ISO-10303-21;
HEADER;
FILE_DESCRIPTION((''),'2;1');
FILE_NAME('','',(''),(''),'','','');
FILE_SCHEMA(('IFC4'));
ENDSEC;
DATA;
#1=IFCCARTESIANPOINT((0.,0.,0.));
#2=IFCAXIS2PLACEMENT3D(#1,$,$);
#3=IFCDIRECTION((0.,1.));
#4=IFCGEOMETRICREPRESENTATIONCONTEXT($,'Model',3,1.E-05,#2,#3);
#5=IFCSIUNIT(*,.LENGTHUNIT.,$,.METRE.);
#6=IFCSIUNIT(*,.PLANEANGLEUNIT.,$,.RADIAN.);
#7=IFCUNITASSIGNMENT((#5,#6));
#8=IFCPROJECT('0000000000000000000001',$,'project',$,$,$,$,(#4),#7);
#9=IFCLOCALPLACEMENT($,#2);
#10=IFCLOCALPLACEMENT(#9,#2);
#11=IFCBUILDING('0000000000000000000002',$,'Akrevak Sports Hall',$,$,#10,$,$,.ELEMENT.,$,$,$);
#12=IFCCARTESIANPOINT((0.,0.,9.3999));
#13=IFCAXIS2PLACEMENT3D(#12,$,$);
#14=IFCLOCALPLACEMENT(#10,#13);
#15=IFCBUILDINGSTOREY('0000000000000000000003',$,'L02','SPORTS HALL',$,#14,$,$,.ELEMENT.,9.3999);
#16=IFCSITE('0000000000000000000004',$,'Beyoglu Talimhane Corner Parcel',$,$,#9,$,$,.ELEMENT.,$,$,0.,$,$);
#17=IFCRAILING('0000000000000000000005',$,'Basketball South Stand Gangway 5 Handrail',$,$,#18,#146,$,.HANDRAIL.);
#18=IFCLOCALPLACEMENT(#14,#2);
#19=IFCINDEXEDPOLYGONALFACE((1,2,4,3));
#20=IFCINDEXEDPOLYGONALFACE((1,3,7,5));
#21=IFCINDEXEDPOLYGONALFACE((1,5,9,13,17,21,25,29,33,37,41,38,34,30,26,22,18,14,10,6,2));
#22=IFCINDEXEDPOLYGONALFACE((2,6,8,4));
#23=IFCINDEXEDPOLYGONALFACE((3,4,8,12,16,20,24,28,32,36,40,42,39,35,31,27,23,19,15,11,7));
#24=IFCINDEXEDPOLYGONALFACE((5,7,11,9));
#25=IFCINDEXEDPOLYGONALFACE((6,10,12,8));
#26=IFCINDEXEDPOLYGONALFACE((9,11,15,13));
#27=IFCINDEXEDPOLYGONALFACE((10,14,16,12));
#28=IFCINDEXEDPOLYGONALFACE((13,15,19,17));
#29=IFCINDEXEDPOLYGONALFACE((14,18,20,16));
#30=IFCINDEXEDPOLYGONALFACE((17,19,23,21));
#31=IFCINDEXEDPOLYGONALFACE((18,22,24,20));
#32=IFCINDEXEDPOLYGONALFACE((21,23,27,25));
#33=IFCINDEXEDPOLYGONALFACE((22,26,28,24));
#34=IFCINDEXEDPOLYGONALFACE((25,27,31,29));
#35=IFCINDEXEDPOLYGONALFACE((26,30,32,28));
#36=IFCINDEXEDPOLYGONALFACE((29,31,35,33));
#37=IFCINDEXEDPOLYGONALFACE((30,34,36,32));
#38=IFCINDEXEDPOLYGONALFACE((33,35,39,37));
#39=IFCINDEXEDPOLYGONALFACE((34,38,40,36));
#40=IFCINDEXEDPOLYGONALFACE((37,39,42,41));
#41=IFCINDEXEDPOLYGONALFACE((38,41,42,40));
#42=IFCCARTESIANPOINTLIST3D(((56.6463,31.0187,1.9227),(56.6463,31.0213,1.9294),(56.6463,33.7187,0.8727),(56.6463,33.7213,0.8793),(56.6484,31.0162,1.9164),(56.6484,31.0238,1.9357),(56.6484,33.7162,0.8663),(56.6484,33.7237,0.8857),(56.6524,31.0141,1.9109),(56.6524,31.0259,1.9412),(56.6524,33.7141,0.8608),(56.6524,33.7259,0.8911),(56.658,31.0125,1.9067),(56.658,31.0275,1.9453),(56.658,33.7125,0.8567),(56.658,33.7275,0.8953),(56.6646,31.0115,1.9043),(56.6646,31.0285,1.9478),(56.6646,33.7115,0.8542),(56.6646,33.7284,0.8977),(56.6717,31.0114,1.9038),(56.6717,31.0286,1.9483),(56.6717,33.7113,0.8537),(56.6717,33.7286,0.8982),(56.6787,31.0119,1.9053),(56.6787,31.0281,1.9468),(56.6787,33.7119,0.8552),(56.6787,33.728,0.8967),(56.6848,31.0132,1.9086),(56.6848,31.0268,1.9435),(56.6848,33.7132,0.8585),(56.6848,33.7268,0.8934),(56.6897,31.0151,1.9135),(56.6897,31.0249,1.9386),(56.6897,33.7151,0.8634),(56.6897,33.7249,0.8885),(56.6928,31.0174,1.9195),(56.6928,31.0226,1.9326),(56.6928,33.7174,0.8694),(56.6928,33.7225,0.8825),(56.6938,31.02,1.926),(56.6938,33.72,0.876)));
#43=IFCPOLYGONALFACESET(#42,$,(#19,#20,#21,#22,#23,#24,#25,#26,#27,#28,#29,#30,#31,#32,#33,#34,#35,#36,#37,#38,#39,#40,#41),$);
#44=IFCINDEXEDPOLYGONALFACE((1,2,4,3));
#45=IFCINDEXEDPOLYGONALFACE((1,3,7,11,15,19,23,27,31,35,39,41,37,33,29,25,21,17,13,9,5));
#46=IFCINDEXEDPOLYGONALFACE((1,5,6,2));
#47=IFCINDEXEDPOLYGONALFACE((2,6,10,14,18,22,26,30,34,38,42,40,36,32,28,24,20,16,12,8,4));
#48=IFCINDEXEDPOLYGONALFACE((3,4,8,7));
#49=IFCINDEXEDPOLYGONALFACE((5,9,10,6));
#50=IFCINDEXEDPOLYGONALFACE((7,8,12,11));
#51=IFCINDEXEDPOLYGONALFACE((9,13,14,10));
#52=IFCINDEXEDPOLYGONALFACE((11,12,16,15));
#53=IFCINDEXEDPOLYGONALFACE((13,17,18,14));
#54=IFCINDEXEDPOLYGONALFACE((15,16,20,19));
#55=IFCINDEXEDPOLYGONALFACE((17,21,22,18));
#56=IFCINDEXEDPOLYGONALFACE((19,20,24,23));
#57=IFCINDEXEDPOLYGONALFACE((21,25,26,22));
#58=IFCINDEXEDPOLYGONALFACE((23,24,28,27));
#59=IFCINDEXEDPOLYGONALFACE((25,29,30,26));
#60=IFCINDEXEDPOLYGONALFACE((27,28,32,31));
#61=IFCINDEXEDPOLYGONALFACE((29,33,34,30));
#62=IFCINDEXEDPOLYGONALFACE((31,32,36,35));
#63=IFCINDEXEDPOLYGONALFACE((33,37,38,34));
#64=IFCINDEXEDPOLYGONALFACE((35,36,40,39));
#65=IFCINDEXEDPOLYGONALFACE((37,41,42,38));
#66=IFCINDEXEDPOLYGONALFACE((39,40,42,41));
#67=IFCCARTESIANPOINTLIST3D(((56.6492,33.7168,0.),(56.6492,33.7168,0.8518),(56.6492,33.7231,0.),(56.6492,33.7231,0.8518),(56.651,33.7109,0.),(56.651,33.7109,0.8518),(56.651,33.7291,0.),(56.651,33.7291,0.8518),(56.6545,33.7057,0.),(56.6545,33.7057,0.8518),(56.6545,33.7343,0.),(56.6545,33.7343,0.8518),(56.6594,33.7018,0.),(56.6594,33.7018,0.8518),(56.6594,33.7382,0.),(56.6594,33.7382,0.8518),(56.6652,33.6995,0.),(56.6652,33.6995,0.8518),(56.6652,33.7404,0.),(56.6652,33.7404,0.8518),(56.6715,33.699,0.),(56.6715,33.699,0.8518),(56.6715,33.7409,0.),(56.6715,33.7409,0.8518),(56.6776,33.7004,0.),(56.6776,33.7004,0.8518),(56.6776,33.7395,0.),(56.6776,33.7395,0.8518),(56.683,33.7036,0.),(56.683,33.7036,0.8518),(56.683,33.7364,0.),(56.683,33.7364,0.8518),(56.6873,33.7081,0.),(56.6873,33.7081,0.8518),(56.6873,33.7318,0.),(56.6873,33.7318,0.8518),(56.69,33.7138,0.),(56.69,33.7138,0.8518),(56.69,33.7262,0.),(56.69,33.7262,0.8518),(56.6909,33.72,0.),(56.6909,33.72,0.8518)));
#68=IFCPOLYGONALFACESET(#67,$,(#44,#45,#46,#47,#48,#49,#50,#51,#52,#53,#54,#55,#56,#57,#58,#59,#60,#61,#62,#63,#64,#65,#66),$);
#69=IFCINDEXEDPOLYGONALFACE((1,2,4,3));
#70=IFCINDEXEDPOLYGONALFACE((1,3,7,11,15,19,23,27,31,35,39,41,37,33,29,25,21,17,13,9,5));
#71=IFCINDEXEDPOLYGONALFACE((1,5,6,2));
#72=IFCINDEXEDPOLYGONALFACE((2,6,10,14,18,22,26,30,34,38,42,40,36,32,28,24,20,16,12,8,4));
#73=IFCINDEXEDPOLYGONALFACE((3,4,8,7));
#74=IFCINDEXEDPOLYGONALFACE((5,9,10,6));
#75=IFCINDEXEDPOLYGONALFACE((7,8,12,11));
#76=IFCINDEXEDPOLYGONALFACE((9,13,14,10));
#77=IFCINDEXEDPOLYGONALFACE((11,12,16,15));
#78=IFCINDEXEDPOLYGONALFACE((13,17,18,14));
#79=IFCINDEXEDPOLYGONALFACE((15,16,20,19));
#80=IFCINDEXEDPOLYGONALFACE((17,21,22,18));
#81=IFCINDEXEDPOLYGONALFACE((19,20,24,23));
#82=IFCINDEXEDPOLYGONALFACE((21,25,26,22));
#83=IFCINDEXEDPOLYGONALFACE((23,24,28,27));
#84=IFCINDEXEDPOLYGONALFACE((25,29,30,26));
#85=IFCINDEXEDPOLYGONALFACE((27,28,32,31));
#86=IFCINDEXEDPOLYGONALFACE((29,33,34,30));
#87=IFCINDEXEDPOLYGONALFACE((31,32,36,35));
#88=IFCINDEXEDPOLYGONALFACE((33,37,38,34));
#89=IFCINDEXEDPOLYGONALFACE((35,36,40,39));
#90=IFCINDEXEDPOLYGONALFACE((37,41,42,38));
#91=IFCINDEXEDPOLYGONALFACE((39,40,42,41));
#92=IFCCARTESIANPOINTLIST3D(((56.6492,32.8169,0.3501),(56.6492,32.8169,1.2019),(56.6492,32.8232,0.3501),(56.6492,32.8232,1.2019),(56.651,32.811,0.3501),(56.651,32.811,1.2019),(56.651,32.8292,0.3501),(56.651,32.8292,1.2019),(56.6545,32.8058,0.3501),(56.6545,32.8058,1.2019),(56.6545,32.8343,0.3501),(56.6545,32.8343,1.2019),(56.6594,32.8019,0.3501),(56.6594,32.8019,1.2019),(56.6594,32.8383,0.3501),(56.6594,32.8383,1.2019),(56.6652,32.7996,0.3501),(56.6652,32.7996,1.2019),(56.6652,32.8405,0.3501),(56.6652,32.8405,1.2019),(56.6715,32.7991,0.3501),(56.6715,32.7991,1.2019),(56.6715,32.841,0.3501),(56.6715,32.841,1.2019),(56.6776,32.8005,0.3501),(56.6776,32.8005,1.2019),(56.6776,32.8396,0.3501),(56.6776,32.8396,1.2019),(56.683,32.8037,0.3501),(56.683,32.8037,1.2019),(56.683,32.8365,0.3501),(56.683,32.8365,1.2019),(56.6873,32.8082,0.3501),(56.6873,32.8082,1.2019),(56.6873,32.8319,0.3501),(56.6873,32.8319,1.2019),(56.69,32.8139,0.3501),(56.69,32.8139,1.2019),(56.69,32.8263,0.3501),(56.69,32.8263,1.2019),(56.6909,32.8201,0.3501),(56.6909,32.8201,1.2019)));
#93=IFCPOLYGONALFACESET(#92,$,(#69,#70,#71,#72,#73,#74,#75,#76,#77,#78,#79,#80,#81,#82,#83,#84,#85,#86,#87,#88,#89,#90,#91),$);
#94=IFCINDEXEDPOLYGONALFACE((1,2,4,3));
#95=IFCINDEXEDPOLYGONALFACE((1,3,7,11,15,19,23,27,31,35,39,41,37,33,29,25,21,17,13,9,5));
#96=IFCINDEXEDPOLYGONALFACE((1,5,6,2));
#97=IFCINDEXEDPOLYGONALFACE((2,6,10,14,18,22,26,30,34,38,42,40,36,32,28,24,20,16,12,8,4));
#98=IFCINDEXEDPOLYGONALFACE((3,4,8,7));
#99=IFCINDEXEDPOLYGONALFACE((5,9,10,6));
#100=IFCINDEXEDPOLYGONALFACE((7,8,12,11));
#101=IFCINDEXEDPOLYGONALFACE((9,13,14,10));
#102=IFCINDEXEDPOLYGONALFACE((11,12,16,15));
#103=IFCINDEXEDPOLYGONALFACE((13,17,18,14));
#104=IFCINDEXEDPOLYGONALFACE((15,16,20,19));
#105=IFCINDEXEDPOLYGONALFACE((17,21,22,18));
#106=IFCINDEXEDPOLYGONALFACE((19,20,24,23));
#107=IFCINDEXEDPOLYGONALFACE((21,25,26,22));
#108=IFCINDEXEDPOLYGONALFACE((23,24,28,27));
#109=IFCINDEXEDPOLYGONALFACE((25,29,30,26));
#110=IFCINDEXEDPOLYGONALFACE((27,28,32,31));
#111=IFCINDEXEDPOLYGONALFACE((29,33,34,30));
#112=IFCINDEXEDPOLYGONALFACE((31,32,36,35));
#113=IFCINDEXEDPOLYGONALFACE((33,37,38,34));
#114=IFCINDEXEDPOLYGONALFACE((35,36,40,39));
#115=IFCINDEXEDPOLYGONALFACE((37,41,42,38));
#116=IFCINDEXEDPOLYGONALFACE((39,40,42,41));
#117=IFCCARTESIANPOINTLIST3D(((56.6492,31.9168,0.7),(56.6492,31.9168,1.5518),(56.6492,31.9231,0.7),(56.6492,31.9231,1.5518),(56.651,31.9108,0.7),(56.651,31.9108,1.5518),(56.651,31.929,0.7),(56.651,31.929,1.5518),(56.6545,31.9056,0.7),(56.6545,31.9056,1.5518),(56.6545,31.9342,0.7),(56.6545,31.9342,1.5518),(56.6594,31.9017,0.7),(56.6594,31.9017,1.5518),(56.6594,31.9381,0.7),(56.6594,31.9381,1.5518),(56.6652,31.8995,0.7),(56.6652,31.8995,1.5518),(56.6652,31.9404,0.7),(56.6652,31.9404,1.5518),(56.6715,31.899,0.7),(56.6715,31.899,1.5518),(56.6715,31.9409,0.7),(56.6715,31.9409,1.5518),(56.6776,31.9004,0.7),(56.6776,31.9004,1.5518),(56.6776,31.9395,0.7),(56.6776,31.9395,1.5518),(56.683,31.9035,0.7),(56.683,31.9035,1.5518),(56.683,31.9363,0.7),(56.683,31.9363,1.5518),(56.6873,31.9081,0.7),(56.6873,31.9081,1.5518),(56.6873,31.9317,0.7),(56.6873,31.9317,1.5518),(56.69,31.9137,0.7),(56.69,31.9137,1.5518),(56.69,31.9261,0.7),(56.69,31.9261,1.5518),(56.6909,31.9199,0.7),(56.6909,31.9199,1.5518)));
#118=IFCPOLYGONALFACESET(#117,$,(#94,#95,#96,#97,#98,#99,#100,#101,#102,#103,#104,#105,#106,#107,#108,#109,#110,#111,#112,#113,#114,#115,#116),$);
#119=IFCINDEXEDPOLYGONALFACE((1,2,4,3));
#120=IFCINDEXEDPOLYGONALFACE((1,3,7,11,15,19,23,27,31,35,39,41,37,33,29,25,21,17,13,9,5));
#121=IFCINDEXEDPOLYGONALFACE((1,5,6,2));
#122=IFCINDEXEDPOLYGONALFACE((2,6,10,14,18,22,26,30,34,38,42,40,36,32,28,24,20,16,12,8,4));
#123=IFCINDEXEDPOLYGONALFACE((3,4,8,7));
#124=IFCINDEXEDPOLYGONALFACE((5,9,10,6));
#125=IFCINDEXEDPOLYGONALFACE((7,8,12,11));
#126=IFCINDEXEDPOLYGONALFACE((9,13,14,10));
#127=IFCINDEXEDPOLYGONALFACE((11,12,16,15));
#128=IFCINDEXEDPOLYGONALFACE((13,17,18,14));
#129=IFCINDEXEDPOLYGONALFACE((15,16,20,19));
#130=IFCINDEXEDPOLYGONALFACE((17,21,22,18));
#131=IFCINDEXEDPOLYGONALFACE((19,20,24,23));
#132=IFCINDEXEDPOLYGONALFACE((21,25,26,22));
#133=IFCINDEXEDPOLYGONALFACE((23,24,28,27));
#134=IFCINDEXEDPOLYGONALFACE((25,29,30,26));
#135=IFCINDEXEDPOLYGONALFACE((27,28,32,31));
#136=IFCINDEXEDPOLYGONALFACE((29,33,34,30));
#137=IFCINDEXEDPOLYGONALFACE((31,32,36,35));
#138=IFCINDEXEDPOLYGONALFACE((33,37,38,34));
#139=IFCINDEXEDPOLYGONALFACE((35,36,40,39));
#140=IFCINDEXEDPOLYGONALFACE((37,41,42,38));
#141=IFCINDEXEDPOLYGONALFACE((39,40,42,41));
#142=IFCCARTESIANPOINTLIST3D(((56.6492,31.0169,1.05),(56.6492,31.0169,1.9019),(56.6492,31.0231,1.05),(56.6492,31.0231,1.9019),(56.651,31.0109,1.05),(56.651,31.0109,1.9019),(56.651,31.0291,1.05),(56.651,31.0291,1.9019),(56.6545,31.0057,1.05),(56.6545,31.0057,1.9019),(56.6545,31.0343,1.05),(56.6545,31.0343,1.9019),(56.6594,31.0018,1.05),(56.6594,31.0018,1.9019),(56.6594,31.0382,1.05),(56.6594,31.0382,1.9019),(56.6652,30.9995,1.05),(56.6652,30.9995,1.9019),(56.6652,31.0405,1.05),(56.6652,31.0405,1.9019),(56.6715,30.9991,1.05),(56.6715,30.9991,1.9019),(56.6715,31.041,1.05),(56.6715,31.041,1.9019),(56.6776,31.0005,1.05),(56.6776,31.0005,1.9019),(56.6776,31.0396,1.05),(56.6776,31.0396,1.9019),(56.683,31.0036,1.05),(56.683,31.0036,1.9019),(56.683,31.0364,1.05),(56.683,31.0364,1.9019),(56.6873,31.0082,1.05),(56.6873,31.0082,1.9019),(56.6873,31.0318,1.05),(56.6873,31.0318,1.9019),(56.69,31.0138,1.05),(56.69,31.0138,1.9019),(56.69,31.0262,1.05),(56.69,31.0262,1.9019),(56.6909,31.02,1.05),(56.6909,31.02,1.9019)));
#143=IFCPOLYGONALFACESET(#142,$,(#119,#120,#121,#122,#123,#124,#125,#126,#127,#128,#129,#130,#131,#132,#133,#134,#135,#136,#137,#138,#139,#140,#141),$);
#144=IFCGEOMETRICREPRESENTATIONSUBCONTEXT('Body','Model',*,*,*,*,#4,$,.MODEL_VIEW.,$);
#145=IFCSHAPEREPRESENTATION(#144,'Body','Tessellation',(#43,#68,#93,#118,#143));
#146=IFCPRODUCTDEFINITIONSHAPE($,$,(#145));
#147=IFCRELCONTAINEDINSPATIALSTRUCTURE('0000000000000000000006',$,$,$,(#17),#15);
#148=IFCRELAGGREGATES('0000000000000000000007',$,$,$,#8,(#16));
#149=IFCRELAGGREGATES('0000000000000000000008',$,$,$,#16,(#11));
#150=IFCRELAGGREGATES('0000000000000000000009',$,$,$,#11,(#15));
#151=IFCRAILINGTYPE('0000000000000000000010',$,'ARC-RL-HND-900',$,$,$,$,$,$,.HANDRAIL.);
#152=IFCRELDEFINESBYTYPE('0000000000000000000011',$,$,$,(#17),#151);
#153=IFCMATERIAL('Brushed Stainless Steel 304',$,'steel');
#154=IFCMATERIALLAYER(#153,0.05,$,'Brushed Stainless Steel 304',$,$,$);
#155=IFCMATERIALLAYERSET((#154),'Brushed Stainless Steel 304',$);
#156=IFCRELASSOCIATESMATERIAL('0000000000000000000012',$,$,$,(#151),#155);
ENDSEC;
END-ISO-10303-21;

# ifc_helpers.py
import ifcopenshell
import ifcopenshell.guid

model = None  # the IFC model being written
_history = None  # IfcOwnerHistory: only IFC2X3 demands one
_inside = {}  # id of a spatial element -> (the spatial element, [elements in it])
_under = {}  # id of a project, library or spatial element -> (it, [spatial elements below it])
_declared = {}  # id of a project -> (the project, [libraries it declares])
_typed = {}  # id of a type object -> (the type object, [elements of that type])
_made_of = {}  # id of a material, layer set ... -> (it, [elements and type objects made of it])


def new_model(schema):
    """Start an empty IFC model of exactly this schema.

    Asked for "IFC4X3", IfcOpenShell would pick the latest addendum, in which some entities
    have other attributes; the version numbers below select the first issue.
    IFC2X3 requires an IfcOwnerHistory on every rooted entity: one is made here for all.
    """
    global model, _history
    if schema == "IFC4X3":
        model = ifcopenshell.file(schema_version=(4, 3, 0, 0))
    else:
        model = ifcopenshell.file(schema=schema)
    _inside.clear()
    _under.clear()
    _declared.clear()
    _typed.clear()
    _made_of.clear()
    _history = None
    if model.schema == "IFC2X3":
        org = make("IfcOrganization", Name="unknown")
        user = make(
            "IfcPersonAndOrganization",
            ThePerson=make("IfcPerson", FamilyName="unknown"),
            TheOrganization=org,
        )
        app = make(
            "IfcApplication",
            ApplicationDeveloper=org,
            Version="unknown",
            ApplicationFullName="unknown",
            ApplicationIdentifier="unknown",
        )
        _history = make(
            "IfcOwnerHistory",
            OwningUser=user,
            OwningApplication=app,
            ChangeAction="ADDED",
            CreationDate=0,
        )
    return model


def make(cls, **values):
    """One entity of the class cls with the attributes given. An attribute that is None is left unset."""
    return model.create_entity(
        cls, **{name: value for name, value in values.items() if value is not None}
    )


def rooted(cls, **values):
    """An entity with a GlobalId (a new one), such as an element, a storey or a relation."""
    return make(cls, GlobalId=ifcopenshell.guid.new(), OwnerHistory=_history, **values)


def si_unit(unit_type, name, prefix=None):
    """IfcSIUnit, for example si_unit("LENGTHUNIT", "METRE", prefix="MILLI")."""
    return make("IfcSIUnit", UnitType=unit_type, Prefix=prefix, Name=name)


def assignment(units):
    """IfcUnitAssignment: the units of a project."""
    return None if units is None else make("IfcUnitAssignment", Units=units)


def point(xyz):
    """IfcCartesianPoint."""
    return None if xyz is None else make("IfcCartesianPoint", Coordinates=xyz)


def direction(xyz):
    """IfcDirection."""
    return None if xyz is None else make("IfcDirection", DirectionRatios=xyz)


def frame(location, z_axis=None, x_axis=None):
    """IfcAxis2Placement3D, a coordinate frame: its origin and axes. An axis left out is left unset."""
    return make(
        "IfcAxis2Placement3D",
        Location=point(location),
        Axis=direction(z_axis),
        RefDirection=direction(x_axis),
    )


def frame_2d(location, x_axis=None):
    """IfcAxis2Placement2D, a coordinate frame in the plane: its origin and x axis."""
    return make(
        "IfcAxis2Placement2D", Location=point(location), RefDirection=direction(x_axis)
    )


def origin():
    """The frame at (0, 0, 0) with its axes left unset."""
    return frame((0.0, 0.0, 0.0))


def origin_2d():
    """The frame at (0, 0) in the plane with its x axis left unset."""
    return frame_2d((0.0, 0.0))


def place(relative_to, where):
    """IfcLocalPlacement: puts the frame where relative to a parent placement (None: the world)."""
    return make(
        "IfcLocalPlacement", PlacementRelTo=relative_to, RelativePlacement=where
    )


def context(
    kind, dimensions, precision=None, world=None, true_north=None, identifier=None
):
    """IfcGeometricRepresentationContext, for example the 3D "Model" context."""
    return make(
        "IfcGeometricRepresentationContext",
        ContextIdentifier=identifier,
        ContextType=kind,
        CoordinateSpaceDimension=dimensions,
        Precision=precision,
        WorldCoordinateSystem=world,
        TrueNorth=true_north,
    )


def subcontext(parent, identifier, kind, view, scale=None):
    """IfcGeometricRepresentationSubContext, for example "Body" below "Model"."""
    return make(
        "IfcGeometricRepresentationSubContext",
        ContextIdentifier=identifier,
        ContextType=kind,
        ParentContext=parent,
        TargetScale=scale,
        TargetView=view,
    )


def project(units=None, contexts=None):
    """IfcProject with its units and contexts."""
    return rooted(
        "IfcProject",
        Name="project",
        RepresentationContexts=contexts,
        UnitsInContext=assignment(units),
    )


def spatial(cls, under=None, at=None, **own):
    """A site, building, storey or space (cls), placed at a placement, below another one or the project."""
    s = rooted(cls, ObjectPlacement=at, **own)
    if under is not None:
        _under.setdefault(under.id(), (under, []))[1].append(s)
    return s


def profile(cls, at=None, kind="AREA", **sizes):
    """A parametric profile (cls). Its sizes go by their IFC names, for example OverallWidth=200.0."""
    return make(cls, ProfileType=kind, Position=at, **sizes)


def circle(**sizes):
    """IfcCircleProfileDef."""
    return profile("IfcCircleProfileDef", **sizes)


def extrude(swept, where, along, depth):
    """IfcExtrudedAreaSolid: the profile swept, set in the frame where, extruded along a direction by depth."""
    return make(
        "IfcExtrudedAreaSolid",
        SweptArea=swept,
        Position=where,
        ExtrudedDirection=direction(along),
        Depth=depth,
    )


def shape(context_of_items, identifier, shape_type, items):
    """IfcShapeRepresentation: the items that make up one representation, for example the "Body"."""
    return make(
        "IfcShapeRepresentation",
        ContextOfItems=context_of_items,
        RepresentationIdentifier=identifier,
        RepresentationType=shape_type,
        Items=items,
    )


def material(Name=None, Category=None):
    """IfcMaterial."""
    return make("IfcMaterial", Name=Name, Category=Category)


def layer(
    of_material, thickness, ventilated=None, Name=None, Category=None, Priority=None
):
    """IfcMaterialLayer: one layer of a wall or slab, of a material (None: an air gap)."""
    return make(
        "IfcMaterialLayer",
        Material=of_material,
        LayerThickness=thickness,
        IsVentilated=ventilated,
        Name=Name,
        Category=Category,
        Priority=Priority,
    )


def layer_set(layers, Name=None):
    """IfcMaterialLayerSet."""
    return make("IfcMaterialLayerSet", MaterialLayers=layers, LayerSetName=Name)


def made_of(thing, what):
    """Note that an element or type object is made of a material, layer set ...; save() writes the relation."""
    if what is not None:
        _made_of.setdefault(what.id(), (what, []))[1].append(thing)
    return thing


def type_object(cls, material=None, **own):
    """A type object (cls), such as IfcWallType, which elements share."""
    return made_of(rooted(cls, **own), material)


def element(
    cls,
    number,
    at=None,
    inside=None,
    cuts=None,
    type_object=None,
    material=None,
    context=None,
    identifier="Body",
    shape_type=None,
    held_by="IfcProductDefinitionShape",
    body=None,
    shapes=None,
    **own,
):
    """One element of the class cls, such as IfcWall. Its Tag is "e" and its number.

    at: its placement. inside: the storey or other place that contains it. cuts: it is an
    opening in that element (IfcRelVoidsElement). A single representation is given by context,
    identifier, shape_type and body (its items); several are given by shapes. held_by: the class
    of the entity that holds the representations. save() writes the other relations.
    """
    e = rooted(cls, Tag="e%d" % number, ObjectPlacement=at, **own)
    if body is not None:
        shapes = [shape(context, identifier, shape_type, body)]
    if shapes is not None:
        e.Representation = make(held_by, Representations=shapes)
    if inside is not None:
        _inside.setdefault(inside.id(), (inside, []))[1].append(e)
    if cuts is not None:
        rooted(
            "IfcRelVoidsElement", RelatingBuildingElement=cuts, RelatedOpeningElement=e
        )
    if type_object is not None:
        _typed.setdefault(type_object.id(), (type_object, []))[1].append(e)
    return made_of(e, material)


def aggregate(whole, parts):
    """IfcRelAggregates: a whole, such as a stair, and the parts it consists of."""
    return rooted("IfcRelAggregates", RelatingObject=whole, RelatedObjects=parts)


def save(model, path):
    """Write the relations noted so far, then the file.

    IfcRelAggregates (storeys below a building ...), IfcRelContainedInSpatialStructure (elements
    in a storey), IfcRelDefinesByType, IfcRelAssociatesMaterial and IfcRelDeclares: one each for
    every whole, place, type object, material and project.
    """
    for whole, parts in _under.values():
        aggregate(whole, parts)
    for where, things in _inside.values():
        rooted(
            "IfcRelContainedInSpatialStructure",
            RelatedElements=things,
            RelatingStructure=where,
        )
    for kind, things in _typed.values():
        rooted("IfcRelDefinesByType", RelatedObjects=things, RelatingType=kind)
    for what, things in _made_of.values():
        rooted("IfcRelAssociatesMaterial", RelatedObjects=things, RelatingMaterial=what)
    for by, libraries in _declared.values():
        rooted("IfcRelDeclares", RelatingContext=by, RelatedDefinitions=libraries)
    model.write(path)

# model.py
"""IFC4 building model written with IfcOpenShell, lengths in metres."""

from ifc_helpers import new_model, si_unit, direction, frame, origin, origin_2d, place, context, subcontext, project, spatial, circle, extrude, material, layer, layer_set, type_object, element, save


model = new_model("IFC4")

# Units and contexts
model_context = context("Model", 3, precision=1e-05, world=origin(), true_north=direction((0.0, 1.0)))
body_context = subcontext(model_context, "Body", "Model", "MODEL_VIEW")
ifc_project = project(units=[si_unit("LENGTHUNIT", "METRE"), si_unit("PLANEANGLEUNIT", "RADIAN")], contexts=[model_context])

# Site, building, storey
site_placement = place(None, origin())
site = spatial("IfcSite", under=ifc_project, at=site_placement, Name="Beyoglu Talimhane Corner Parcel", CompositionType="ELEMENT", RefElevation=0.0)
building_placement = place(site_placement, origin())
building = spatial("IfcBuilding", under=site, at=building_placement, Name="Akrevak Sports Hall", CompositionType="ELEMENT")
storey_placement = place(building_placement, frame((0.0, 0.0, 9.3999)))
storey = spatial("IfcBuildingStorey", under=building, at=storey_placement, Name="L02", Description="SPORTS HALL", CompositionType="ELEMENT", Elevation=9.3999)

# Railing
ifc_material_1 = material(Name="Brushed Stainless Steel 304", Category="steel")
ifc_layer_1 = layer(ifc_material_1, 0.05, Name="Brushed Stainless Steel 304")
ifc_layer_set_1 = layer_set([ifc_layer_1], Name="Brushed Stainless Steel 304")
railing_type_1 = type_object("IfcRailingType", Name="ARC-RL-HND-900", PredefinedType="HANDRAIL", material=ifc_layer_set_1)
railing_1_placement = place(storey_placement, frame((56.6699, 33.72, 0.0)))
element("IfcRailing", 1, at=railing_1_placement, inside=storey, type_object=railing_type_1, Name="Basketball South Stand Gangway 5 Handrail", PredefinedType="HANDRAIL", context=body_context, shape_type="SweptSolid", body=[
    extrude(circle(Radius=0.0239, at=origin_2d()), frame((0.0, 0.0, 0.876), z_axis=(0.0, -0.931997, 0.362467), x_axis=(1.0, 0.0, 0.0)), (0.0, 0.0, 1.0), 2.897),
    extrude(circle(Radius=0.021, at=origin_2d()), origin(), (0.0, 0.0, 1.0), 0.8518),
    extrude(circle(Radius=0.021, at=origin_2d()), frame((0.0, -0.8999, 0.3501)), (0.0, 0.0, 1.0), 0.8518),
    extrude(circle(Radius=0.021, at=origin_2d()), frame((0.0, -1.8, 0.7)), (0.0, 0.0, 1.0), 0.8518),
    extrude(circle(Radius=0.021, at=origin_2d()), frame((0.0, -2.7, 1.05)), (0.0, 0.0, 1.0), 0.8518),
])

save(model, "model.ifc")
